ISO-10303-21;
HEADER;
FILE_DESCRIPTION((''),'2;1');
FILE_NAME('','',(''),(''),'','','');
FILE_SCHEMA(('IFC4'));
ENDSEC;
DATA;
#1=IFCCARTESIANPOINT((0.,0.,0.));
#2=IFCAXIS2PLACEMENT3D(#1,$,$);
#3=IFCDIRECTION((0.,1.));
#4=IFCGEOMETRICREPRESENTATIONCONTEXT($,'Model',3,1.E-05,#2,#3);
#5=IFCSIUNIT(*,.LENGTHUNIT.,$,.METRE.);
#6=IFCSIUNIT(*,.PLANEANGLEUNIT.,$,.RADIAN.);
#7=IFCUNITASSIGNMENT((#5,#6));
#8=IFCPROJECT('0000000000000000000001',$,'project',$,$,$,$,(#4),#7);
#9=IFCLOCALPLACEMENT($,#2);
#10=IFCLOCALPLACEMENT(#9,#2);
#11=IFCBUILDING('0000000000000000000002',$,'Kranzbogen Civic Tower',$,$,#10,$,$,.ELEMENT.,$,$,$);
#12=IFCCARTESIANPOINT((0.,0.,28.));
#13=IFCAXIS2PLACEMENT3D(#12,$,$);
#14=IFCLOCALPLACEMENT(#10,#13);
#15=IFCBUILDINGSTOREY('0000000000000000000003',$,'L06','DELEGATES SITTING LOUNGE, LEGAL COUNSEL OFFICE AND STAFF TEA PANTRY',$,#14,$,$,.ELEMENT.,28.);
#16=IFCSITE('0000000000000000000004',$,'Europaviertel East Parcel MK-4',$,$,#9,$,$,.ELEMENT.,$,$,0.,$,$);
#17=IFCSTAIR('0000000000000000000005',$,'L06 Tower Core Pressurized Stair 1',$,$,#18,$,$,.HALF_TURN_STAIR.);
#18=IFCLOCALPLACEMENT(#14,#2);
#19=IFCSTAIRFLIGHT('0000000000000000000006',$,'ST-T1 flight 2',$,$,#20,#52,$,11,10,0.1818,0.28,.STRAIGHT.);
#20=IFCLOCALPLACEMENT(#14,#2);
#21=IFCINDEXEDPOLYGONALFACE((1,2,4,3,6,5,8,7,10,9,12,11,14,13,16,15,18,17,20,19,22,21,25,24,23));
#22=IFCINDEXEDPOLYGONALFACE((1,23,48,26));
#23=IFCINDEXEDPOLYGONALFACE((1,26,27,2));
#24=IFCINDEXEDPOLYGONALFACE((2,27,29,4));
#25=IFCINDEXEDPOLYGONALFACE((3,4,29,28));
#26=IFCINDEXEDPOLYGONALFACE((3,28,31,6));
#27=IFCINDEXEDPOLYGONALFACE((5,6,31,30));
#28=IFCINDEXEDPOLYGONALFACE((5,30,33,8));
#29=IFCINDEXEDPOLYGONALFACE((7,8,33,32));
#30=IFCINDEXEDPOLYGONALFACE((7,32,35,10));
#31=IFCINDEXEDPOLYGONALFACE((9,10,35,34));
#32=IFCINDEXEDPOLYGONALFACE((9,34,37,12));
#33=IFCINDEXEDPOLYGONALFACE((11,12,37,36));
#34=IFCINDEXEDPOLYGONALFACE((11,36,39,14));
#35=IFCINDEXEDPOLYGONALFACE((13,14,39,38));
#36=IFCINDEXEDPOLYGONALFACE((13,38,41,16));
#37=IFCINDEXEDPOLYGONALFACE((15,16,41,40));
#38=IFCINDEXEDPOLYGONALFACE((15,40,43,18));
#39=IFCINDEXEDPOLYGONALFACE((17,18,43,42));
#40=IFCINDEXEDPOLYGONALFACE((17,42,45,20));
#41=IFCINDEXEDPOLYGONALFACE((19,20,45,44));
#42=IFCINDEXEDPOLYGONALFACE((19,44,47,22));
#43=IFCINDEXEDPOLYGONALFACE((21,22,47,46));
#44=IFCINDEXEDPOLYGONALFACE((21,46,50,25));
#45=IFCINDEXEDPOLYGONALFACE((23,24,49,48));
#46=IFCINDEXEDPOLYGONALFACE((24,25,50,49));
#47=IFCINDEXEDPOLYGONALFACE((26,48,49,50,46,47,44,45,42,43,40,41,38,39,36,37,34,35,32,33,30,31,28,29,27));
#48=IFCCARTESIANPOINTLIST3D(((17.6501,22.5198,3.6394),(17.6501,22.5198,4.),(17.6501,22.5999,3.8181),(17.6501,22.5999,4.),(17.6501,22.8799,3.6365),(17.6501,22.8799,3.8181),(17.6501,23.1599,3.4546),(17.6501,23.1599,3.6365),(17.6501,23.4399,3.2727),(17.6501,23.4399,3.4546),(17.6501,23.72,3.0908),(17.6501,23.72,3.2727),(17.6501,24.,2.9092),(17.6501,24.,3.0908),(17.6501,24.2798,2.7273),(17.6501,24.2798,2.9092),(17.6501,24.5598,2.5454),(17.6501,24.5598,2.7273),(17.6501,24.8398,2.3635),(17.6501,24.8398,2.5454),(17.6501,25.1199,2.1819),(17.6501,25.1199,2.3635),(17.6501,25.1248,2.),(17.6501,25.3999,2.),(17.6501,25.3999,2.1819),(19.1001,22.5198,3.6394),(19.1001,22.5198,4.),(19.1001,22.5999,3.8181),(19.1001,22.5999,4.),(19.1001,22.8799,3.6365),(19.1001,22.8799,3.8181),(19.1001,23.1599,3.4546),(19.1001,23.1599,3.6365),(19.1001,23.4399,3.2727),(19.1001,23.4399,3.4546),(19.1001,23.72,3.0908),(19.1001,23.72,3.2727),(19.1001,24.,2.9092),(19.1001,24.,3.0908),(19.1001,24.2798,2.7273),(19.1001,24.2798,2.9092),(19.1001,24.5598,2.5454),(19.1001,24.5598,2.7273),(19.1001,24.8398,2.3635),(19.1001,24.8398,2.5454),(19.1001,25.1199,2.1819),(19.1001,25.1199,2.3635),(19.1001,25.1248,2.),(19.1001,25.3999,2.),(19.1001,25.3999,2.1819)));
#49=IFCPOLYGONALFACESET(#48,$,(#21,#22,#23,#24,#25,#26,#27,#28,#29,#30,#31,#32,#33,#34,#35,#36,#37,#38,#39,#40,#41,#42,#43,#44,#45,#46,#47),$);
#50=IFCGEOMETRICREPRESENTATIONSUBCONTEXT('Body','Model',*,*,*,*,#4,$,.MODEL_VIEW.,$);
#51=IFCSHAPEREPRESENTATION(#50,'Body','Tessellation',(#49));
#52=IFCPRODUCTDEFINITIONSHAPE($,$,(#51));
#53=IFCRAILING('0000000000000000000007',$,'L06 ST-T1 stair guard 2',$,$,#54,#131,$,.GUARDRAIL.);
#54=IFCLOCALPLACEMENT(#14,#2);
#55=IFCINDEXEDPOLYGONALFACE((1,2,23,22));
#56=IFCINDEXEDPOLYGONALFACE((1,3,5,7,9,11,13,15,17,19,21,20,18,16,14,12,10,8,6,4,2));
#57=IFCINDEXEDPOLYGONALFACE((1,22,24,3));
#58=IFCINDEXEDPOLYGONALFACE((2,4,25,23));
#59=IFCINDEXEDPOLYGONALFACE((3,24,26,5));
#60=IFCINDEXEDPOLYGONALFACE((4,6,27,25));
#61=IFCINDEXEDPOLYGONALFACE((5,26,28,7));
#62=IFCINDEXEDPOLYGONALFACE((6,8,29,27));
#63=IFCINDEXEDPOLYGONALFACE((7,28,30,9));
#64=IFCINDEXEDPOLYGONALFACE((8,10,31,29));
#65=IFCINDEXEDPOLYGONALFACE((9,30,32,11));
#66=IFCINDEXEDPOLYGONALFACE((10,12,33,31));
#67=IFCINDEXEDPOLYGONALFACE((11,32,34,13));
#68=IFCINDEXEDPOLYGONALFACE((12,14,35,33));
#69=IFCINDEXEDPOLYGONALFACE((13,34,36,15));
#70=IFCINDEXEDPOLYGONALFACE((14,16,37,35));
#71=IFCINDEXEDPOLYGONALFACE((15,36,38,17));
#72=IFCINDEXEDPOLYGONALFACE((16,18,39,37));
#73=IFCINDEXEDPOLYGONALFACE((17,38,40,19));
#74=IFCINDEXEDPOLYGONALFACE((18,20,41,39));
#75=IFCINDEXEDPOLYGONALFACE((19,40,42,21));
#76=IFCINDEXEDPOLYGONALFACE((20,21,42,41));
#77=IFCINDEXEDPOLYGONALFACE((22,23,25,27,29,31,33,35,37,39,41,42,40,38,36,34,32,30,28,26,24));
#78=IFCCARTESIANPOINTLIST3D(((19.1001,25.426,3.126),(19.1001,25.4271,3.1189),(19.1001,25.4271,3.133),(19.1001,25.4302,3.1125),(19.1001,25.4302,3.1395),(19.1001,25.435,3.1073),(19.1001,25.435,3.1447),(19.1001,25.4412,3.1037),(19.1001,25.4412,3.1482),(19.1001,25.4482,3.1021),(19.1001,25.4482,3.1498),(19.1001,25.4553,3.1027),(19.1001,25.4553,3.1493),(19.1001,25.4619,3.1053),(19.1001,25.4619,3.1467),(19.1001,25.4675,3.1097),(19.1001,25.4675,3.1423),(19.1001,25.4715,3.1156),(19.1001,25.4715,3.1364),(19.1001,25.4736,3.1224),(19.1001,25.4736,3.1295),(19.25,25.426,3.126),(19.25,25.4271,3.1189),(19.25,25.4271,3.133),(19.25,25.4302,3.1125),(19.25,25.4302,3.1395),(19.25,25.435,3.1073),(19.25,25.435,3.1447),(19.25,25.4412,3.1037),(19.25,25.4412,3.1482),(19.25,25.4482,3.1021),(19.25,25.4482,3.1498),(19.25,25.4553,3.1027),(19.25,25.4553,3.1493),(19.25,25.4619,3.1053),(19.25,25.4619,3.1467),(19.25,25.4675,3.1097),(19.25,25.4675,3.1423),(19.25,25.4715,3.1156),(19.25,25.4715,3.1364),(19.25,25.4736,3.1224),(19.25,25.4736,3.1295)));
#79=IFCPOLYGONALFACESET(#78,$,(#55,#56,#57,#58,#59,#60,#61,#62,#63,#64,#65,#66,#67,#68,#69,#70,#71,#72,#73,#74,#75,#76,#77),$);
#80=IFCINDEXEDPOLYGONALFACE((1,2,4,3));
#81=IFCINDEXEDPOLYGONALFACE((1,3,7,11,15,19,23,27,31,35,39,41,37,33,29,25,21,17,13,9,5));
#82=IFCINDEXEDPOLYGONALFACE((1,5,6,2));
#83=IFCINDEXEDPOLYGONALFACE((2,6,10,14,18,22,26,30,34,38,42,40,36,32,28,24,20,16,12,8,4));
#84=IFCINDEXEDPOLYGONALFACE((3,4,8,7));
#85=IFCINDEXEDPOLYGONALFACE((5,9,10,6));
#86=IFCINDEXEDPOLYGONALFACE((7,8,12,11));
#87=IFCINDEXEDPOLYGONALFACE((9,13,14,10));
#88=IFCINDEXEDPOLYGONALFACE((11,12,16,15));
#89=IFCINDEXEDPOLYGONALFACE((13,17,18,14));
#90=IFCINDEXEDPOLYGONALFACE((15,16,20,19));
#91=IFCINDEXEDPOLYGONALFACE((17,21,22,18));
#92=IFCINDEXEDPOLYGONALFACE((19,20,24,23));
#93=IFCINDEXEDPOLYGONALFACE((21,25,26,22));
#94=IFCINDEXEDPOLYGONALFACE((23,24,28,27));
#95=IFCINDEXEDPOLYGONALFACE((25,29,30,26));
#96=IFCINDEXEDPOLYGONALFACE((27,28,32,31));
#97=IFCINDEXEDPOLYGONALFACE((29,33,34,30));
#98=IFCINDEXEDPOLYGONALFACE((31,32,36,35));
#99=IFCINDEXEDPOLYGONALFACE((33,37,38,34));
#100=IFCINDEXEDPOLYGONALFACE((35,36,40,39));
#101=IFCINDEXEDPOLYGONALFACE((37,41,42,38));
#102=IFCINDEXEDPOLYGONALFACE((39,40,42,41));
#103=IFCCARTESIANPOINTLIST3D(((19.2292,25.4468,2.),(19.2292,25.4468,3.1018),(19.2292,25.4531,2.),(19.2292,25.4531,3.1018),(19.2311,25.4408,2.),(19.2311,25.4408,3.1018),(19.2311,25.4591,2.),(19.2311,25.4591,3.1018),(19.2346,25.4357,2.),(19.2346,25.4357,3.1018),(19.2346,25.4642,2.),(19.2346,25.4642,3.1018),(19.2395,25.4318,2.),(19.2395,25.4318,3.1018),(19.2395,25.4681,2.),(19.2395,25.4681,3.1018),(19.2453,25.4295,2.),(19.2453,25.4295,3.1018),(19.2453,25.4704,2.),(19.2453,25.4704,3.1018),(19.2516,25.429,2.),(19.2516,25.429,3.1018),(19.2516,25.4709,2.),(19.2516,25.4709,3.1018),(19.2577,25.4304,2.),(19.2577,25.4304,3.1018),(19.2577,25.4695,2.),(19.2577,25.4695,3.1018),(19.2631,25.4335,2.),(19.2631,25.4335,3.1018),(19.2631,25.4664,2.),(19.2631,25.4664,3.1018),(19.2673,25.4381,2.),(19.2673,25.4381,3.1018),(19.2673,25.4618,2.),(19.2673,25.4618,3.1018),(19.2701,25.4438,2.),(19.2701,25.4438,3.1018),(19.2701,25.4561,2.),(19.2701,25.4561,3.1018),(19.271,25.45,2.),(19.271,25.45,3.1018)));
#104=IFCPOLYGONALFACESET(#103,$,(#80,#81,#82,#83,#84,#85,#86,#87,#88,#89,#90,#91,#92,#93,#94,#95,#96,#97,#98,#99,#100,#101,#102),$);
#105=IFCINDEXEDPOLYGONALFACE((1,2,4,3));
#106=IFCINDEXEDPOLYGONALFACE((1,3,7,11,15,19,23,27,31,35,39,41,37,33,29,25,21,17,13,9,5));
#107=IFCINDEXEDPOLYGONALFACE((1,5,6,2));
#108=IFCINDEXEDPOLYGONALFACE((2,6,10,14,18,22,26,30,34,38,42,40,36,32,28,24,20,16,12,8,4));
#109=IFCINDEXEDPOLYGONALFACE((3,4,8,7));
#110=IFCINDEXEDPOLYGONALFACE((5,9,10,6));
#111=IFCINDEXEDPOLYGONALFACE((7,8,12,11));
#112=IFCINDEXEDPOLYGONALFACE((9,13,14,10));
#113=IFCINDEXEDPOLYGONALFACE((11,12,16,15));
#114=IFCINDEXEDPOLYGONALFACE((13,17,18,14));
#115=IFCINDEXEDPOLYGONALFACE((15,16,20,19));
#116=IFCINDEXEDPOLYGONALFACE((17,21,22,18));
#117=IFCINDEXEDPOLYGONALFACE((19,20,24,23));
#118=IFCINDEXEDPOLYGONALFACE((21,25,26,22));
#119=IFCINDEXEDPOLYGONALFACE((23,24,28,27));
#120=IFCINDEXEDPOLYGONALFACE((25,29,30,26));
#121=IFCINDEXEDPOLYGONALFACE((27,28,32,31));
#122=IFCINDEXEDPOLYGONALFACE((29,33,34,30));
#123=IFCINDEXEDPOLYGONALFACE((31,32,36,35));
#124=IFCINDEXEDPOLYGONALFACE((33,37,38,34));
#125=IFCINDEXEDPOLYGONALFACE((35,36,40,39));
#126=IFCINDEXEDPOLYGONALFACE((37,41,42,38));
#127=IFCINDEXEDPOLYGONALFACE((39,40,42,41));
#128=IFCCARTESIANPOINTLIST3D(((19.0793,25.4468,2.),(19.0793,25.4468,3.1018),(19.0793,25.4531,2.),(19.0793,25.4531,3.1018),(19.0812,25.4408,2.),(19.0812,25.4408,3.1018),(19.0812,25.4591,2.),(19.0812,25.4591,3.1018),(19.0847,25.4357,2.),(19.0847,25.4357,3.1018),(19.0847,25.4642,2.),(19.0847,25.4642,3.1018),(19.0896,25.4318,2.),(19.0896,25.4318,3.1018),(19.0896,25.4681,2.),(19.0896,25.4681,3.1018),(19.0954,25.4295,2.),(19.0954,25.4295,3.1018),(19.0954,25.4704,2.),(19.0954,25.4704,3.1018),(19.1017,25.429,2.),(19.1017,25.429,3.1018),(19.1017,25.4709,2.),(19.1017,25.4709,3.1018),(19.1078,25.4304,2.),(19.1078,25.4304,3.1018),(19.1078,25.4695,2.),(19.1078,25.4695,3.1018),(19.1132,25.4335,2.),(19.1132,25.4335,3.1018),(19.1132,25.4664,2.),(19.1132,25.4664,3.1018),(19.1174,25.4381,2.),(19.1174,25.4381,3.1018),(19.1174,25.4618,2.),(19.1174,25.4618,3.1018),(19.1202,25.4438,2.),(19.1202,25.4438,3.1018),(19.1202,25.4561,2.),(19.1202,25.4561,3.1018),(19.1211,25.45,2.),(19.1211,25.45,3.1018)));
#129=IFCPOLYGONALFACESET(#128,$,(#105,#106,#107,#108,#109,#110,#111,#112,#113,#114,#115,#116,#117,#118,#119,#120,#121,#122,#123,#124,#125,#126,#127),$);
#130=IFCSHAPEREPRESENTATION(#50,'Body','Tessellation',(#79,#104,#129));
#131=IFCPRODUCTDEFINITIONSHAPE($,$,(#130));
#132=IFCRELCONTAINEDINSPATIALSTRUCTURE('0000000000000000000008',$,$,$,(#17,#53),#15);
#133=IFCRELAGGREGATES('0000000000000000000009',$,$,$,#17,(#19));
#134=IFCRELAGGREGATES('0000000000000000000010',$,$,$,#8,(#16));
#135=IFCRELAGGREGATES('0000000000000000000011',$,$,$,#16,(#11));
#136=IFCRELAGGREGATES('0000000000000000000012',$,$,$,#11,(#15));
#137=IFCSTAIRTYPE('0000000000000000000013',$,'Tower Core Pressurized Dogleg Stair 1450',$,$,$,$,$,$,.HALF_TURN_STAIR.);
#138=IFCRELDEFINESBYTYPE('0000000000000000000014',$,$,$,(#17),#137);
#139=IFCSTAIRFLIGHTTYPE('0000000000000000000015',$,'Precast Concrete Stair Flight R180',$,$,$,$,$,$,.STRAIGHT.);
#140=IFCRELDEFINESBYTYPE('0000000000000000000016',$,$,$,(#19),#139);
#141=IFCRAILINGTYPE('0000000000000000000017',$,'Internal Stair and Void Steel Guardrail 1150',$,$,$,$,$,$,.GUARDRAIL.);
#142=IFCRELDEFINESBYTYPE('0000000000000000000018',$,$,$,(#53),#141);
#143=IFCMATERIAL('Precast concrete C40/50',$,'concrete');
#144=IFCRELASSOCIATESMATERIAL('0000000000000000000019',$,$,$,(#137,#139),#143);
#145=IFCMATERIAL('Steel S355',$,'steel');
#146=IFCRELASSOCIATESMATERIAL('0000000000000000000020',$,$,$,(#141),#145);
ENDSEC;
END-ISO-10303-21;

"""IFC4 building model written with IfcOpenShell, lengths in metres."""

from ifc_helpers import new_model, si_unit, direction, frame, origin, origin_2d, place, context, subcontext, project, spatial, polyline, circle, outline, extrude, material, type_object, element, aggregate, save


model = new_model("IFC4")

# Units and contexts
model_context = context("Model", 3, precision=1e-05, world=origin(), true_north=direction((0.0, 1.0)))
body_context = subcontext(model_context, "Body", "Model", "MODEL_VIEW")
ifc_project = project(units=[si_unit("LENGTHUNIT", "METRE"), si_unit("PLANEANGLEUNIT", "RADIAN")], contexts=[model_context])

# Site, building, storey
site_placement = place(None, origin())
site = spatial("IfcSite", under=ifc_project, at=site_placement, Name="Europaviertel East Parcel MK-4", CompositionType="ELEMENT", RefElevation=0.0)
building_placement = place(site_placement, origin())
building = spatial("IfcBuilding", under=site, at=building_placement, Name="Kranzbogen Civic Tower", CompositionType="ELEMENT")
storey_placement = place(building_placement, frame((0.0, 0.0, 28.0)))
storey = spatial("IfcBuildingStorey", under=building, at=storey_placement, Name="L06", Description="DELEGATES SITTING LOUNGE, LEGAL COUNSEL OFFICE AND STAFF TEA PANTRY", CompositionType="ELEMENT", Elevation=28.0)

# Shared definitions
ifc_material_1 = material(Name="Steel S355", Category="steel")

# Stair, stair flight
ifc_material_2 = material(Name="Precast concrete C40/50", Category="concrete")
stair_type = type_object("IfcStairType", Name="Tower Core Pressurized Dogleg Stair 1450", PredefinedType="HALF_TURN_STAIR", material=ifc_material_2)
stair_placement = place(storey_placement, origin())
stair = element("IfcStair", 1, at=stair_placement, inside=storey, type_object=stair_type, Name="L06 Tower Core Pressurized Stair 1", PredefinedType="HALF_TURN_STAIR")
stair_flight_type = type_object("IfcStairFlightType", Name="Precast Concrete Stair Flight R180", PredefinedType="STRAIGHT", material=ifc_material_2)
stair_flight_placement = place(storey_placement, frame((18.375, 25.3999, 2.0), z_axis=(0.0, 0.0, 1.0), x_axis=(0.0, -1.0, 0.0)))
stair_flight = element("IfcStairFlight", 2, at=stair_flight_placement, type_object=stair_flight_type, Name="ST-T1 flight 2", NumberOfRisers=11, NumberOfTreads=10, PredefinedType="STRAIGHT", RiserHeight=0.1818, TreadLength=0.28, context=body_context, shape_type="SweptSolid", body=[
    extrude(outline(polyline([(0.0, 0.0), (0.0, 0.1819), (0.28, 0.1819), (0.28, 0.3635), (0.5601, 0.3635), (0.5601, 0.5454), (0.8401, 0.5454), (0.8401, 0.7273), (1.1201, 0.7273), (1.1201, 0.9092), (1.3999, 0.9092), (1.3999, 1.0908), (1.6799, 1.0908), (1.6799, 1.2727), (1.96, 1.2727), (1.96, 1.4546), (2.24, 1.4546), (2.24, 1.6365), (2.52, 1.6365), (2.52, 1.8181), (2.8, 1.8181), (2.8, 2.0), (2.8801, 2.0), (2.8801, 1.6394), (0.2751, 0.0), (0.0, 0.0)])), frame((0.0, 0.7251, 0.0), z_axis=(0.0, -1.0, 0.0), x_axis=(1.0, 0.0, 0.0)), (0.0, 0.0, 1.0), 1.45),
])
aggregate(stair, [stair_flight])

# Railing
railing_type_1 = type_object("IfcRailingType", Name="Internal Stair and Void Steel Guardrail 1150", PredefinedType="GUARDRAIL", material=ifc_material_1)
railing_1_placement = place(storey_placement, frame((19.25, 25.45, 2.0)))
element("IfcRailing", 3, at=railing_1_placement, inside=storey, type_object=railing_type_1, Name="L06 ST-T1 stair guard 2", PredefinedType="GUARDRAIL", context=body_context, shape_type="SweptSolid", body=[
    extrude(circle(Radius=0.0239, at=origin_2d()), frame((0.0, 0.0, 1.126), z_axis=(-1.0, 0.0, 0.0), x_axis=(0.0, -1.0, 0.0)), (0.0, 0.0, 1.0), 0.1499),
    extrude(circle(Radius=0.021, at=origin_2d()), origin(), (0.0, 0.0, 1.0), 1.1018),
    extrude(circle(Radius=0.021, at=origin_2d()), frame((-0.1499, 0.0, 0.0)), (0.0, 0.0, 1.0), 1.1018),
])

save(model, "model.ifc")
